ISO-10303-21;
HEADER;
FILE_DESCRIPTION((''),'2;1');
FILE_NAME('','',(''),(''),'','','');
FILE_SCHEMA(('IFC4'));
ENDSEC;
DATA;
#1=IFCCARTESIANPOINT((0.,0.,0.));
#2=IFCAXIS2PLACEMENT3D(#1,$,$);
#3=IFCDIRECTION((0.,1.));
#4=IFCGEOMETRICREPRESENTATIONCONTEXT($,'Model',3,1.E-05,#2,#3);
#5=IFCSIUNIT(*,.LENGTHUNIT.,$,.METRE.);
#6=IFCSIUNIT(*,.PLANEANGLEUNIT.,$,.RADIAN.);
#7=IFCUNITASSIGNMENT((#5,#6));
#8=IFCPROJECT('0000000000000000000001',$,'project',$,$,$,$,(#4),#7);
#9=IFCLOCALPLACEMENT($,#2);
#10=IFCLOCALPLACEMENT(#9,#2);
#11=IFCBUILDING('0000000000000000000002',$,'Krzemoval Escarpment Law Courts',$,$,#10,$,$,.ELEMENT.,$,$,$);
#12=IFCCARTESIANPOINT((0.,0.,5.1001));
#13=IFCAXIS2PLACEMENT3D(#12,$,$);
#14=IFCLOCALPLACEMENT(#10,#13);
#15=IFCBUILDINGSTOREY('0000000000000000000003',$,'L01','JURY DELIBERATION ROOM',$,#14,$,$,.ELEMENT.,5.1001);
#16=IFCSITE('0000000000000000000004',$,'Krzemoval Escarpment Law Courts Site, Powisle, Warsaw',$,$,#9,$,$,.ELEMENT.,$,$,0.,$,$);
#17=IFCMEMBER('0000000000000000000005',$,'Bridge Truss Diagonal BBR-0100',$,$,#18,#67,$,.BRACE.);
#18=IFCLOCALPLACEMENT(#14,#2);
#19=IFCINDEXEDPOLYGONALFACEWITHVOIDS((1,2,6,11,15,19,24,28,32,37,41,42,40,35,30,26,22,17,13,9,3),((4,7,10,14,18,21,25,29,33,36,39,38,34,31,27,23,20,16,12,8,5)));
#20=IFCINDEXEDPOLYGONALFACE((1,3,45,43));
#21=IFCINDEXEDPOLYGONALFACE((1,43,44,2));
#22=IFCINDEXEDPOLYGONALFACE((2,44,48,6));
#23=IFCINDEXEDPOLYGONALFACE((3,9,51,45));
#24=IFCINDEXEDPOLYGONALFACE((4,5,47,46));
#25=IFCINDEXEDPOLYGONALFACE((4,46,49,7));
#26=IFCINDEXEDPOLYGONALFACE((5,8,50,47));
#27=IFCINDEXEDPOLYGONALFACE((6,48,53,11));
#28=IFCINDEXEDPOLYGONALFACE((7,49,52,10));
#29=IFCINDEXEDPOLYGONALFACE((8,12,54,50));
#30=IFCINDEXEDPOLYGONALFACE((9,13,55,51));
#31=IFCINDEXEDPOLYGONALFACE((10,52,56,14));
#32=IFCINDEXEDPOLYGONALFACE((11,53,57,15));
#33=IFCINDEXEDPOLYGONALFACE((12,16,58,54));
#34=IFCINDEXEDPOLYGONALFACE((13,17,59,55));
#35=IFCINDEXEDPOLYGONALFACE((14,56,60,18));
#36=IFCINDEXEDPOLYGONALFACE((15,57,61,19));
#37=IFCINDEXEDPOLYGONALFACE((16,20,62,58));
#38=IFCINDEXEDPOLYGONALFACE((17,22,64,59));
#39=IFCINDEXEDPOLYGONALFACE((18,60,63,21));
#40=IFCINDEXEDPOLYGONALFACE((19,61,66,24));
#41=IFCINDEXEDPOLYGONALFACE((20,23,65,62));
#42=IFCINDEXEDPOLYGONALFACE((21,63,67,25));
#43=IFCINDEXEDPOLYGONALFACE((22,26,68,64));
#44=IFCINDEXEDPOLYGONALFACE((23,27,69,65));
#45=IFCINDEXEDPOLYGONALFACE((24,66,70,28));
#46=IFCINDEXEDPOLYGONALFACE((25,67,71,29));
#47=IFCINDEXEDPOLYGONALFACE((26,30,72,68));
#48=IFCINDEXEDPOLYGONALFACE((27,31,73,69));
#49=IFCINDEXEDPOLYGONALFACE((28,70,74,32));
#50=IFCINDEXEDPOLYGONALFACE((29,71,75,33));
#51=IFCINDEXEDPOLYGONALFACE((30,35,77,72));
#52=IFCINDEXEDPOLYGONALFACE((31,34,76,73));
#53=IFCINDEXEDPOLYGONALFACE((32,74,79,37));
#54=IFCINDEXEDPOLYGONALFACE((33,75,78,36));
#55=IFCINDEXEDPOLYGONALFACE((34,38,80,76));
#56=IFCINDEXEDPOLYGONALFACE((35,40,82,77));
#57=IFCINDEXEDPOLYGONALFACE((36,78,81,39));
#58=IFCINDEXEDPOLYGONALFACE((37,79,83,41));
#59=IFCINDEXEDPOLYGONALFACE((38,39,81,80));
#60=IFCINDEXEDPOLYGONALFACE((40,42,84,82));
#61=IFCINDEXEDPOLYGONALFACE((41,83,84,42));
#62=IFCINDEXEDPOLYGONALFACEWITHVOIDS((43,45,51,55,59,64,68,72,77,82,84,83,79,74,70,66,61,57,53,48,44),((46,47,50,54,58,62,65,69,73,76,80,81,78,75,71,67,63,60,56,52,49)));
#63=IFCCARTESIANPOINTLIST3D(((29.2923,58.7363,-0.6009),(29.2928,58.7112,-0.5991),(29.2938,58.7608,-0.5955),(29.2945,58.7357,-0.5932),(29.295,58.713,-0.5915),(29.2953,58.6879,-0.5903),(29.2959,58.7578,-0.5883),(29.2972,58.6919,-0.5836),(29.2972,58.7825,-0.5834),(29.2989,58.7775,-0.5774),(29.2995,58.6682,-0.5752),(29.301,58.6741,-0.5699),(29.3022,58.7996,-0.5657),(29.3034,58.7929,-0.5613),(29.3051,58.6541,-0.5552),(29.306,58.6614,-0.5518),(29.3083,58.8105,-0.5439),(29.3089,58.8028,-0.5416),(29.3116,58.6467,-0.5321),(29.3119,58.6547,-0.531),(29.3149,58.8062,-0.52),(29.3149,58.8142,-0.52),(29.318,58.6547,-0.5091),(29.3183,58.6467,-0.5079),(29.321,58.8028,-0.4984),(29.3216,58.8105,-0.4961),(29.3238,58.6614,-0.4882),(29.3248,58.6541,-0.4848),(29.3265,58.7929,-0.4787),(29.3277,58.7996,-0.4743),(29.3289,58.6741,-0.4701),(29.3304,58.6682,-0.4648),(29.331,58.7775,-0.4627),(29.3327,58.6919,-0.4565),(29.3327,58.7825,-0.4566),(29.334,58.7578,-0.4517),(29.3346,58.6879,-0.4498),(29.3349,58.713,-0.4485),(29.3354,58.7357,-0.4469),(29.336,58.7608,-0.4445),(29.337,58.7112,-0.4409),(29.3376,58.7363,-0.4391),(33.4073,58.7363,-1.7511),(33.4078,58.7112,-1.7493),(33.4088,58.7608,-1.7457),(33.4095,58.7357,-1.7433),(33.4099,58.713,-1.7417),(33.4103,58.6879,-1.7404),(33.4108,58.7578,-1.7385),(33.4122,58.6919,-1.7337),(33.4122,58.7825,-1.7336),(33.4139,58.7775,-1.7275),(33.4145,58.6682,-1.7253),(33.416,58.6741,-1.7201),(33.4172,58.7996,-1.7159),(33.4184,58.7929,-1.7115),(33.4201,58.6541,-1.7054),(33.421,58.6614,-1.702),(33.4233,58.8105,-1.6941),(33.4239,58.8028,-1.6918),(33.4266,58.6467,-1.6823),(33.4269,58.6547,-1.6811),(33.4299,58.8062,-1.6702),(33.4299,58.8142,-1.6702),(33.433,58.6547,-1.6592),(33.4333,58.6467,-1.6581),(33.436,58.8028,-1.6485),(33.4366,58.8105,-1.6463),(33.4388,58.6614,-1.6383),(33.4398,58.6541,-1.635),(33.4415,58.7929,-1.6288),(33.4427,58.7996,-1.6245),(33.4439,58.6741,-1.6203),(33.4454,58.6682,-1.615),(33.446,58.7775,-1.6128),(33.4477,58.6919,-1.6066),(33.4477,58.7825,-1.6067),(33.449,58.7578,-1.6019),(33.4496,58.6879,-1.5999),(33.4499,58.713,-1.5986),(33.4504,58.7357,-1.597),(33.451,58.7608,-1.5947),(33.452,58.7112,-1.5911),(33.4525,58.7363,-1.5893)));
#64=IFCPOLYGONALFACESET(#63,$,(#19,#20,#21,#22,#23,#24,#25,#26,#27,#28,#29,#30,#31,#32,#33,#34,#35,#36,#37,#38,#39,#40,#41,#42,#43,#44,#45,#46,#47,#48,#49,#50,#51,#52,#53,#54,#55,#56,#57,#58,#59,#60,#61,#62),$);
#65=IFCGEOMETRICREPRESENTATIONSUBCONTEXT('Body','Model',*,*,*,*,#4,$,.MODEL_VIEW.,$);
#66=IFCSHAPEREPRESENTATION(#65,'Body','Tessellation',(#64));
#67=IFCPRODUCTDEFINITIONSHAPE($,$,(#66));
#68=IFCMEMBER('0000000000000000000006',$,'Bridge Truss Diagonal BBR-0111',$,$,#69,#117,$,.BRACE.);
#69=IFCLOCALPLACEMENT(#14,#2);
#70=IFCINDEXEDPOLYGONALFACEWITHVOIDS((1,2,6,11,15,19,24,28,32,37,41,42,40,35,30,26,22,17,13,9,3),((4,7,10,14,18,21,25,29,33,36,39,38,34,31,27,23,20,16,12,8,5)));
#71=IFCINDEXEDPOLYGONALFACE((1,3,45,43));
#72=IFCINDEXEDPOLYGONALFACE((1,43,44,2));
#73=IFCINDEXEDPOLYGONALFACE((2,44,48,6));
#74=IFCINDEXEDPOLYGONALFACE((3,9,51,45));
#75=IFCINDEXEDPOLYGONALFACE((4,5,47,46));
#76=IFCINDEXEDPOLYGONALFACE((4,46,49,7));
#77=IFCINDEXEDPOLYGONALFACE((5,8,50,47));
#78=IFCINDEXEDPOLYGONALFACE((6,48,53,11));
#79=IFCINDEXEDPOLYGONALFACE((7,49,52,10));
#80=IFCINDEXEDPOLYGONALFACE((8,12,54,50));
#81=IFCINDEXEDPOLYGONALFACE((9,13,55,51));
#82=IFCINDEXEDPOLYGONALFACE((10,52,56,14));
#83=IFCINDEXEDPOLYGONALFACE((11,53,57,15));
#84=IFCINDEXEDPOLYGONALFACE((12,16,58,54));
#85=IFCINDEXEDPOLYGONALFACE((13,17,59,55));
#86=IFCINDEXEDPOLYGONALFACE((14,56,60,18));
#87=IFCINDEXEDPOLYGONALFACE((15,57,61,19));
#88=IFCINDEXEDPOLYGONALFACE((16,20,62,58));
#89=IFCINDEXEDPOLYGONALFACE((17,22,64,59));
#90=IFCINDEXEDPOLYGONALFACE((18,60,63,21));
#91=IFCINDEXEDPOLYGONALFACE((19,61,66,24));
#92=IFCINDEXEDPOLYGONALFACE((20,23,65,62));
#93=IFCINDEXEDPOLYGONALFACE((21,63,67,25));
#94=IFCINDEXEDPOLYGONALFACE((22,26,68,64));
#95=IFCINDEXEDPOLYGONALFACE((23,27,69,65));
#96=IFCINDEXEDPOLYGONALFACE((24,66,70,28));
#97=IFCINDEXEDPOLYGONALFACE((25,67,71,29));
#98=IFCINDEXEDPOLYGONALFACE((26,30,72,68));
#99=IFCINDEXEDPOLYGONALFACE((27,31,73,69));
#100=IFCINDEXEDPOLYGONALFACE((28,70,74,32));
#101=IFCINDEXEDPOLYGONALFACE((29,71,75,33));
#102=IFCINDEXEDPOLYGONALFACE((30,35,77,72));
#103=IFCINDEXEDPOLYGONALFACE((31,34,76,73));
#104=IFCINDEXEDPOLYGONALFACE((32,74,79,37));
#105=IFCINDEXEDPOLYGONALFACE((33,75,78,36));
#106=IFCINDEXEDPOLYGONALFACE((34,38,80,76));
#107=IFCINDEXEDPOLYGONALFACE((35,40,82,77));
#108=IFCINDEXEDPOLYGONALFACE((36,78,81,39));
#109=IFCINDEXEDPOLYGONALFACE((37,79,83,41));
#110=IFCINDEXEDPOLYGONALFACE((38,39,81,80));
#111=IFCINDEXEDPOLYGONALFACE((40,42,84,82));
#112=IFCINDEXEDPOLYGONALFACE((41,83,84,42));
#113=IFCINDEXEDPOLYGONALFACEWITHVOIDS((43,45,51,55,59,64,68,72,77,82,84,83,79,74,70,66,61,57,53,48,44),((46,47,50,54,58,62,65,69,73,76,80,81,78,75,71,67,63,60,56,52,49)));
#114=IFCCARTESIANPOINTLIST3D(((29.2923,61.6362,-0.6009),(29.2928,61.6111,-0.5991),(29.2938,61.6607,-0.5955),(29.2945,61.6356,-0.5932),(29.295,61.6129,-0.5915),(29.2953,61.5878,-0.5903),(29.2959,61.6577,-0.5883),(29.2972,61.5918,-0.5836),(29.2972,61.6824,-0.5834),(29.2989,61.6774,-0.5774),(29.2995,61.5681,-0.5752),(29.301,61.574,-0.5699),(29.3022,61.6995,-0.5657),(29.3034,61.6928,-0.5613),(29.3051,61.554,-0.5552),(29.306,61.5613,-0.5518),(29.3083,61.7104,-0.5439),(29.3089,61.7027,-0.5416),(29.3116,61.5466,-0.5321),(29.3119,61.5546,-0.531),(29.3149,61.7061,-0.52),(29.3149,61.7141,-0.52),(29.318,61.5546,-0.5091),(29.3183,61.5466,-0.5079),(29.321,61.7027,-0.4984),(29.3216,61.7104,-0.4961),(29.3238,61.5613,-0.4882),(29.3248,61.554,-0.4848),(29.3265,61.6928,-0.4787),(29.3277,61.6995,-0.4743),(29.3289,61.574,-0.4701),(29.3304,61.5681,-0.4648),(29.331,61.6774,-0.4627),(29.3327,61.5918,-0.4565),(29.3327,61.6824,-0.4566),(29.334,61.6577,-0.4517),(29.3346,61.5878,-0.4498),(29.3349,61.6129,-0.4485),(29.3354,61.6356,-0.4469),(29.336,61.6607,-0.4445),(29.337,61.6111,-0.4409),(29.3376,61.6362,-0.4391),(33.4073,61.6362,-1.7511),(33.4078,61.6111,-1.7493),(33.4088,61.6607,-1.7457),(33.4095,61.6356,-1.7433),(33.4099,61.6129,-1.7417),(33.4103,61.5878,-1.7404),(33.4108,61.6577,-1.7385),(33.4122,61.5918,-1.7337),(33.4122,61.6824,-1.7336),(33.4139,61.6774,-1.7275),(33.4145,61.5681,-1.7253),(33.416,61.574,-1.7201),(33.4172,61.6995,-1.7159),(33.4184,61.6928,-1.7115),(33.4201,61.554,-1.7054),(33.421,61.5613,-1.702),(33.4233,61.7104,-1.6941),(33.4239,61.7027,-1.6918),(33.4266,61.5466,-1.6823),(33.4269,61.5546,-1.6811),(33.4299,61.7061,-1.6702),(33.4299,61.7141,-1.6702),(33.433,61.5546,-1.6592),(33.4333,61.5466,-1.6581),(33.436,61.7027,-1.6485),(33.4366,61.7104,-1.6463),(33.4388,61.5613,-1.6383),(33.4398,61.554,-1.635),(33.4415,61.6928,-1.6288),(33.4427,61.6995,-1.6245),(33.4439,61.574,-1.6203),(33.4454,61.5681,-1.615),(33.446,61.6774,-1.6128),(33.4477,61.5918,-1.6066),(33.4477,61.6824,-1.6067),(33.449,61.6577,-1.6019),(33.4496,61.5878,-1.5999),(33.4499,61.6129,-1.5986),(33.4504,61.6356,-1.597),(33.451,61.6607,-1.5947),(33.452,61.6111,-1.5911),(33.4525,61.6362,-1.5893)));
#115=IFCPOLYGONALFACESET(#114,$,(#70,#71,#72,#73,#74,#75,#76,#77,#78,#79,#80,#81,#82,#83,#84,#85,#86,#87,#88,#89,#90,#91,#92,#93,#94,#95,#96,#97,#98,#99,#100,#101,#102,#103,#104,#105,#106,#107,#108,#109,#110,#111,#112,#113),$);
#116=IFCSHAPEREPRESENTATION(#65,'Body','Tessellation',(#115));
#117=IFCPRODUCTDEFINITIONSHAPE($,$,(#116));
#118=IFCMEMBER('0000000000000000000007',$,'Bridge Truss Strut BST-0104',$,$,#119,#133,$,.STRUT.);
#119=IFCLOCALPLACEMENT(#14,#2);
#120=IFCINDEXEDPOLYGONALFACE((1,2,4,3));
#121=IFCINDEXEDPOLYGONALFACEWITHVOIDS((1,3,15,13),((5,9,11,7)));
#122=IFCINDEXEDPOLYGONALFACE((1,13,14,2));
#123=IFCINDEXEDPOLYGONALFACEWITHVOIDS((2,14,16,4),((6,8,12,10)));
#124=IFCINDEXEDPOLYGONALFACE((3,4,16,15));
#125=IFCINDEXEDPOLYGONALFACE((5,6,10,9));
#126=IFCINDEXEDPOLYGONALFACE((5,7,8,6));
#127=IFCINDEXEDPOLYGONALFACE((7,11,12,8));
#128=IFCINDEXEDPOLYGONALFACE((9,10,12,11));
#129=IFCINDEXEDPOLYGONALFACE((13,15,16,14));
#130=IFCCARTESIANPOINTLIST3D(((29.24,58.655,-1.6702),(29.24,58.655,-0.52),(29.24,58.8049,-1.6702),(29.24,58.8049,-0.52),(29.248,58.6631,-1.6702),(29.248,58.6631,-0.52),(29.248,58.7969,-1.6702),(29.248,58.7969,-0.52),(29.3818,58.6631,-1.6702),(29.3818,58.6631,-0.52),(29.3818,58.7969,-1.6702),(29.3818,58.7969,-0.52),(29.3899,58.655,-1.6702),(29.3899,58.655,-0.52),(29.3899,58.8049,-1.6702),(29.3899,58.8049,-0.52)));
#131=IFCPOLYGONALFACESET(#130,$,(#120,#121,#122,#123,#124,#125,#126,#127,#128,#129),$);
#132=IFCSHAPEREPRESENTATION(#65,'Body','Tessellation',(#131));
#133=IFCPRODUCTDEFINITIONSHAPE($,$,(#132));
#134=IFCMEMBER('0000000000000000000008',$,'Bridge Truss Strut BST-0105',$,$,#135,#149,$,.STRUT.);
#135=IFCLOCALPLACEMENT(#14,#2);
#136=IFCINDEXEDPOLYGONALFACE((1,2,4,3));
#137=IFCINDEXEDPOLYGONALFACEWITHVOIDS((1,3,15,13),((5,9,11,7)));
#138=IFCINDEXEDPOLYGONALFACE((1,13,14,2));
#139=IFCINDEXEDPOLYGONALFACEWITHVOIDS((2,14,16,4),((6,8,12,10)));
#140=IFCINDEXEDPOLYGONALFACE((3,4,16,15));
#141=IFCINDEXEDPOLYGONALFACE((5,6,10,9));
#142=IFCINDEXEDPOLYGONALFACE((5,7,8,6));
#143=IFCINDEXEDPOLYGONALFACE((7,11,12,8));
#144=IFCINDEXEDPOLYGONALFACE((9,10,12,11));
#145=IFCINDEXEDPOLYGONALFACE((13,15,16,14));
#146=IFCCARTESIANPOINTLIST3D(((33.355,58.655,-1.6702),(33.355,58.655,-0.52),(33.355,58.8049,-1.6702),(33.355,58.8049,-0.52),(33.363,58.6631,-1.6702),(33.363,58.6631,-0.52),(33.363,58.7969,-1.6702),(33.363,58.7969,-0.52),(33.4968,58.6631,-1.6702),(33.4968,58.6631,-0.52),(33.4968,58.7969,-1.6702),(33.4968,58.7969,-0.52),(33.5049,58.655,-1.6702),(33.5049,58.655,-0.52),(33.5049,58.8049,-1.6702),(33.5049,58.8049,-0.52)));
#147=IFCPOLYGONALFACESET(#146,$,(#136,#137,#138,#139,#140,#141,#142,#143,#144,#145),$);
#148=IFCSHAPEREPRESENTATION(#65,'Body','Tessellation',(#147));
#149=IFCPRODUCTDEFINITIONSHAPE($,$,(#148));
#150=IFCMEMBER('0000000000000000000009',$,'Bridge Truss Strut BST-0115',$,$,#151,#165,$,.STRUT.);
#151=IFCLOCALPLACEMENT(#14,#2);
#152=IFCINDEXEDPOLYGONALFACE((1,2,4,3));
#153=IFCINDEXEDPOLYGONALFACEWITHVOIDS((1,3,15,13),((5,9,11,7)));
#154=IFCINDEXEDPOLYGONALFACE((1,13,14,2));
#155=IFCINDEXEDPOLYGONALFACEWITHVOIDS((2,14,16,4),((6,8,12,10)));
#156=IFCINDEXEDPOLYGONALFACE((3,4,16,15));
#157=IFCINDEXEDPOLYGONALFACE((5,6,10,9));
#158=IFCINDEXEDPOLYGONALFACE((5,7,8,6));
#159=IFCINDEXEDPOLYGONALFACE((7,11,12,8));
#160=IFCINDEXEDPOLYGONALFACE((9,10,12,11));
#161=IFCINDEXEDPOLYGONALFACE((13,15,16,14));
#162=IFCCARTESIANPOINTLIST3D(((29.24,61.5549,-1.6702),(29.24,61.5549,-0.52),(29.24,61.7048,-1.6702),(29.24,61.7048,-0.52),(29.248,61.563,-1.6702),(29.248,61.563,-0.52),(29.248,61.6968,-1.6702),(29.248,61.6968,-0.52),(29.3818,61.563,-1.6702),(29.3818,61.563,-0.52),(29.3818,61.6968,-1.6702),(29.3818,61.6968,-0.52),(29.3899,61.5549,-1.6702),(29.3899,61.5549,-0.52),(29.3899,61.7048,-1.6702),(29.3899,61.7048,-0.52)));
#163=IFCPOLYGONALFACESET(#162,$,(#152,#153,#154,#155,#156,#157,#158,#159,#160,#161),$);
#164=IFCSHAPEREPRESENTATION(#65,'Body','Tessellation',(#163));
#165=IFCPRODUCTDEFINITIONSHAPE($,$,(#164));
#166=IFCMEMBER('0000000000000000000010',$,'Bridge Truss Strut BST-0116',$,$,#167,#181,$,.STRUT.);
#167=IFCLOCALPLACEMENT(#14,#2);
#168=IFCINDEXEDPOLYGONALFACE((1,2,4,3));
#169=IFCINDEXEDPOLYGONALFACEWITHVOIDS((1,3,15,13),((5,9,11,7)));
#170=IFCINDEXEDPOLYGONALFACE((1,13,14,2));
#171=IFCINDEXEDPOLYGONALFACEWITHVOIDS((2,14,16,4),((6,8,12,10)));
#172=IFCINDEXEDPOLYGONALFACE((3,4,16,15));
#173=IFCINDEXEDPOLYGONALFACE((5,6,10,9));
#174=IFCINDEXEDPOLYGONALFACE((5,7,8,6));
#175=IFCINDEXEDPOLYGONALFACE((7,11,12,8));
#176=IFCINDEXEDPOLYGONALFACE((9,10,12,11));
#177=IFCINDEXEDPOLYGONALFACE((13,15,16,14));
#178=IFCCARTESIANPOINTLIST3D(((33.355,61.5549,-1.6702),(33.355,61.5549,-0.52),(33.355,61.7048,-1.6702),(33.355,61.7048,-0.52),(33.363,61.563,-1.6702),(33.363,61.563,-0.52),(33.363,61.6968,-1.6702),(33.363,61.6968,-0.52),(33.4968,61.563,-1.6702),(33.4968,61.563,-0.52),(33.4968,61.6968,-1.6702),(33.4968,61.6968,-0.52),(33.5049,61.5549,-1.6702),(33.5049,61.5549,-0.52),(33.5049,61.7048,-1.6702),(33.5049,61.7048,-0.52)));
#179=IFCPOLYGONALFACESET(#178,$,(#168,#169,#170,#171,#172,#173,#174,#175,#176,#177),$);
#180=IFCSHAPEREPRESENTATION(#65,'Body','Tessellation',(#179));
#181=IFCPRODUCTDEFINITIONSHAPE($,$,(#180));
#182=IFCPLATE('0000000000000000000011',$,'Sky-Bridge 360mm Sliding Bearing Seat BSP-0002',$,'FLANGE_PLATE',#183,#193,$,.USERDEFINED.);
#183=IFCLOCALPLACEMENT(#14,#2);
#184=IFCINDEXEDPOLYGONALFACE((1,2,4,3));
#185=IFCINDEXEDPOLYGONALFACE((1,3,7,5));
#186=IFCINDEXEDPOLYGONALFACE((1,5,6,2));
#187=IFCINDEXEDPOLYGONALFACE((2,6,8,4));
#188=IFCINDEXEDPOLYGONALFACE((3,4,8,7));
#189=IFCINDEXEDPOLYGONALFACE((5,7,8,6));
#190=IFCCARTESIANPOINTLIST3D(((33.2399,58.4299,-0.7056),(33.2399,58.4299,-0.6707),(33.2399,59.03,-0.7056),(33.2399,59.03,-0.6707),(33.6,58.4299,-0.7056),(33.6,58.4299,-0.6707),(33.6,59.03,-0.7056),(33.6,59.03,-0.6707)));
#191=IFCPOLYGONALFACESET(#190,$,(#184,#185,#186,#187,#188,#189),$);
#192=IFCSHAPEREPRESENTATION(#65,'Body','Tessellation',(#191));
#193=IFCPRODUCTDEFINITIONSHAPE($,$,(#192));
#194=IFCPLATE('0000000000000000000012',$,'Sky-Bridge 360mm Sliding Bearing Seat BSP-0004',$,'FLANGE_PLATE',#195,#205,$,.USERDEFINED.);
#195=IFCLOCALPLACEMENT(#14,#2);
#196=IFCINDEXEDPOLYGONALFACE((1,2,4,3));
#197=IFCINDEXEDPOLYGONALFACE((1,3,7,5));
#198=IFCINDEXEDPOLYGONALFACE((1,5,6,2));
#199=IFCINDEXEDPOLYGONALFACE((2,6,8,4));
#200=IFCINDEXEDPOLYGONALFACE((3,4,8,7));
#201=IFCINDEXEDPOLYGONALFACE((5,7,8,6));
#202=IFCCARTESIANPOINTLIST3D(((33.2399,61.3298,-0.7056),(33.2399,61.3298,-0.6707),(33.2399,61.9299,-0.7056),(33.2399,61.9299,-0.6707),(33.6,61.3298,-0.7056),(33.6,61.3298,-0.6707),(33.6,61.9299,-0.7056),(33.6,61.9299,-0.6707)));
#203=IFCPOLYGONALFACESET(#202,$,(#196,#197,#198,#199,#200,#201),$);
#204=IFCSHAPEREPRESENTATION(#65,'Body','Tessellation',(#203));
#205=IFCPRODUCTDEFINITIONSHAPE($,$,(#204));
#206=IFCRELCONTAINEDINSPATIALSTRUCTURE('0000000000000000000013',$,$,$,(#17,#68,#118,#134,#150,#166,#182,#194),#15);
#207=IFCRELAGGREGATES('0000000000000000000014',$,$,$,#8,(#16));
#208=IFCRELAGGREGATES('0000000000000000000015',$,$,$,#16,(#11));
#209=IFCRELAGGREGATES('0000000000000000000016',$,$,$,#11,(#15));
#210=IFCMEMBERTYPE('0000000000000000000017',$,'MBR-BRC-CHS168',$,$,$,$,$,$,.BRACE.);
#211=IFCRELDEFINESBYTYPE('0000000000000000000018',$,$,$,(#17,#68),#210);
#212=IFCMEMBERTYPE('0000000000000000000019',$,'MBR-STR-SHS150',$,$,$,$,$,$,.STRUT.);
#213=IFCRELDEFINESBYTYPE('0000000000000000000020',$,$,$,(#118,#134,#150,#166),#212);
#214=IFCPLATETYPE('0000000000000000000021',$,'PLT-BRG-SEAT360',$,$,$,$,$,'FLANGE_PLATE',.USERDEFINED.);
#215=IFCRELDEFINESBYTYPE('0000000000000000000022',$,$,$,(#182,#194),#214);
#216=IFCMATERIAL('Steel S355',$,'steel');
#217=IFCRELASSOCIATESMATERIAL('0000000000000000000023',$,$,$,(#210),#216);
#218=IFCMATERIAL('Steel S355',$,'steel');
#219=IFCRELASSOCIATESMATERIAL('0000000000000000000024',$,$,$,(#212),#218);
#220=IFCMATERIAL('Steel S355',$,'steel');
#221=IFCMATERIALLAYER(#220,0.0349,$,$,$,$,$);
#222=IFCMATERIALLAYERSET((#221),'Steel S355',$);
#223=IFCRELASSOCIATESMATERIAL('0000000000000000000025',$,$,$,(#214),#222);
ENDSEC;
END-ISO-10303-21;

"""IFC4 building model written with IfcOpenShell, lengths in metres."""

from ifc_helpers import new_model, si_unit, direction, frame, origin, origin_2d, place, context, subcontext, project, spatial, rectangle, hollow_rectangle, hollow_circle, extrude, material, layer, layer_set, material_profile, profile_set, type_object, element, save


model = new_model("IFC4")

# Units and contexts
model_context = context("Model", 3, precision=1e-05, world=origin(), true_north=direction((0.0, 1.0)))
body_context = subcontext(model_context, "Body", "Model", "MODEL_VIEW")
ifc_project = project(units=[si_unit("LENGTHUNIT", "METRE"), si_unit("PLANEANGLEUNIT", "RADIAN")], contexts=[model_context])

# Site, building, storey
site_placement = place(None, origin())
site = spatial("IfcSite", under=ifc_project, at=site_placement, Name="Krzemoval Escarpment Law Courts Site, Powisle, Warsaw", CompositionType="ELEMENT", RefElevation=0.0)
building_placement = place(site_placement, origin())
building = spatial("IfcBuilding", under=site, at=building_placement, Name="Krzemoval Escarpment Law Courts", CompositionType="ELEMENT")
storey_placement = place(building_placement, frame((0.0, 0.0, 5.1001)))
storey = spatial("IfcBuildingStorey", under=building, at=storey_placement, Name="L01", Description="JURY DELIBERATION ROOM", CompositionType="ELEMENT", Elevation=5.1001)

# Members
ifc_material_1 = material(Name="Steel S355", Category="steel")
ifc_material_profile_1 = material_profile(ifc_material_1, hollow_circle(Radius=0.0842, WallThickness=0.0081, at=origin_2d()), Name="CHS 168.3x8")
ifc_profile_set_1 = profile_set([ifc_material_profile_1], Name="Steel S355")
member_type_1 = type_object("IfcMemberType", Name="MBR-BRC-CHS168", PredefinedType="BRACE", material=ifc_profile_set_1)
for number, where, z_axis, x_axis, name in (
    (1, (29.3149, 58.73, -0.52), (0.963089, 0.0, -0.269185), (0.0, 1.0, 0.0), "Bridge Truss Diagonal BBR-0100"),
    (2, (29.3149, 61.6299, -0.52), (0.963089, 0.0, -0.269185), (0.0, 1.0, 0.0), "Bridge Truss Diagonal BBR-0111"),
):
    element("IfcMember", number, at=place(storey_placement, frame(where, z_axis=z_axis, x_axis=x_axis)), inside=storey, type_object=member_type_1, Name=name, PredefinedType="BRACE", context=body_context, shape_type="SweptSolid", body=[
        extrude(hollow_circle(Radius=0.0842, WallThickness=0.0081, at=origin_2d()), origin(), (0.0, 0.0, 1.0), 4.2727),
    ])
ifc_material_2 = material(Name="Steel S355", Category="steel")
ifc_material_profile_2 = material_profile(ifc_material_2, hollow_rectangle(XDim=0.1499, YDim=0.1499, WallThickness=0.0081, at=origin_2d()), Name="SHS 150x150x8")
ifc_profile_set_2 = profile_set([ifc_material_profile_2], Name="Steel S355")
member_type_2 = type_object("IfcMemberType", Name="MBR-STR-SHS150", PredefinedType="STRUT", material=ifc_profile_set_2)
for number, where, z_axis, x_axis, name in (
    (3, (29.3149, 58.73, -1.6702), (0.0, 0.0, 1.0), (1.0, 0.0, 0.0), "Bridge Truss Strut BST-0104"),
    (4, (33.4299, 58.73, -1.6702), (0.0, 0.0, 1.0), (1.0, 0.0, 0.0), "Bridge Truss Strut BST-0105"),
    (5, (29.3149, 61.6299, -1.6702), (0.0, 0.0, 1.0), (1.0, 0.0, 0.0), "Bridge Truss Strut BST-0115"),
    (6, (33.4299, 61.6299, -1.6702), (0.0, 0.0, 1.0), (1.0, 0.0, 0.0), "Bridge Truss Strut BST-0116"),
):
    element("IfcMember", number, at=place(storey_placement, frame(where, z_axis=z_axis, x_axis=x_axis)), inside=storey, type_object=member_type_2, Name=name, PredefinedType="STRUT", context=body_context, shape_type="SweptSolid", body=[
        extrude(hollow_rectangle(XDim=0.1499, YDim=0.1499, WallThickness=0.0081, at=origin_2d()), origin(), (0.0, 0.0, 1.0), 1.1501),
    ])

# Plates
ifc_material_3 = material(Name="Steel S355", Category="steel")
ifc_layer_1 = layer(ifc_material_3, 0.0349)
ifc_layer_set_1 = layer_set([ifc_layer_1], Name="Steel S355")
plate_type_1 = type_object("IfcPlateType", Name="PLT-BRG-SEAT360", ElementType="FLANGE_PLATE", PredefinedType="USERDEFINED", material=ifc_layer_set_1)
for number, where, z_axis, x_axis, name in (
    (7, (33.4199, 58.73, -0.7056), (0.0, 0.0, 1.0), (1.0, 0.0, 0.0), "Sky-Bridge 360mm Sliding Bearing Seat BSP-0002"),
    (8, (33.4199, 61.6299, -0.7056), (0.0, 0.0, 1.0), (1.0, 0.0, 0.0), "Sky-Bridge 360mm Sliding Bearing Seat BSP-0004"),
):
    element("IfcPlate", number, at=place(storey_placement, frame(where, z_axis=z_axis, x_axis=x_axis)), inside=storey, type_object=plate_type_1, Name=name, ObjectType="FLANGE_PLATE", PredefinedType="USERDEFINED", context=body_context, shape_type="SweptSolid", body=[
        extrude(rectangle(XDim=0.3601, YDim=0.6001, at=origin_2d()), origin(), (0.0, 0.0, 1.0), 0.0349),
    ])

save(model, "model.ifc")
